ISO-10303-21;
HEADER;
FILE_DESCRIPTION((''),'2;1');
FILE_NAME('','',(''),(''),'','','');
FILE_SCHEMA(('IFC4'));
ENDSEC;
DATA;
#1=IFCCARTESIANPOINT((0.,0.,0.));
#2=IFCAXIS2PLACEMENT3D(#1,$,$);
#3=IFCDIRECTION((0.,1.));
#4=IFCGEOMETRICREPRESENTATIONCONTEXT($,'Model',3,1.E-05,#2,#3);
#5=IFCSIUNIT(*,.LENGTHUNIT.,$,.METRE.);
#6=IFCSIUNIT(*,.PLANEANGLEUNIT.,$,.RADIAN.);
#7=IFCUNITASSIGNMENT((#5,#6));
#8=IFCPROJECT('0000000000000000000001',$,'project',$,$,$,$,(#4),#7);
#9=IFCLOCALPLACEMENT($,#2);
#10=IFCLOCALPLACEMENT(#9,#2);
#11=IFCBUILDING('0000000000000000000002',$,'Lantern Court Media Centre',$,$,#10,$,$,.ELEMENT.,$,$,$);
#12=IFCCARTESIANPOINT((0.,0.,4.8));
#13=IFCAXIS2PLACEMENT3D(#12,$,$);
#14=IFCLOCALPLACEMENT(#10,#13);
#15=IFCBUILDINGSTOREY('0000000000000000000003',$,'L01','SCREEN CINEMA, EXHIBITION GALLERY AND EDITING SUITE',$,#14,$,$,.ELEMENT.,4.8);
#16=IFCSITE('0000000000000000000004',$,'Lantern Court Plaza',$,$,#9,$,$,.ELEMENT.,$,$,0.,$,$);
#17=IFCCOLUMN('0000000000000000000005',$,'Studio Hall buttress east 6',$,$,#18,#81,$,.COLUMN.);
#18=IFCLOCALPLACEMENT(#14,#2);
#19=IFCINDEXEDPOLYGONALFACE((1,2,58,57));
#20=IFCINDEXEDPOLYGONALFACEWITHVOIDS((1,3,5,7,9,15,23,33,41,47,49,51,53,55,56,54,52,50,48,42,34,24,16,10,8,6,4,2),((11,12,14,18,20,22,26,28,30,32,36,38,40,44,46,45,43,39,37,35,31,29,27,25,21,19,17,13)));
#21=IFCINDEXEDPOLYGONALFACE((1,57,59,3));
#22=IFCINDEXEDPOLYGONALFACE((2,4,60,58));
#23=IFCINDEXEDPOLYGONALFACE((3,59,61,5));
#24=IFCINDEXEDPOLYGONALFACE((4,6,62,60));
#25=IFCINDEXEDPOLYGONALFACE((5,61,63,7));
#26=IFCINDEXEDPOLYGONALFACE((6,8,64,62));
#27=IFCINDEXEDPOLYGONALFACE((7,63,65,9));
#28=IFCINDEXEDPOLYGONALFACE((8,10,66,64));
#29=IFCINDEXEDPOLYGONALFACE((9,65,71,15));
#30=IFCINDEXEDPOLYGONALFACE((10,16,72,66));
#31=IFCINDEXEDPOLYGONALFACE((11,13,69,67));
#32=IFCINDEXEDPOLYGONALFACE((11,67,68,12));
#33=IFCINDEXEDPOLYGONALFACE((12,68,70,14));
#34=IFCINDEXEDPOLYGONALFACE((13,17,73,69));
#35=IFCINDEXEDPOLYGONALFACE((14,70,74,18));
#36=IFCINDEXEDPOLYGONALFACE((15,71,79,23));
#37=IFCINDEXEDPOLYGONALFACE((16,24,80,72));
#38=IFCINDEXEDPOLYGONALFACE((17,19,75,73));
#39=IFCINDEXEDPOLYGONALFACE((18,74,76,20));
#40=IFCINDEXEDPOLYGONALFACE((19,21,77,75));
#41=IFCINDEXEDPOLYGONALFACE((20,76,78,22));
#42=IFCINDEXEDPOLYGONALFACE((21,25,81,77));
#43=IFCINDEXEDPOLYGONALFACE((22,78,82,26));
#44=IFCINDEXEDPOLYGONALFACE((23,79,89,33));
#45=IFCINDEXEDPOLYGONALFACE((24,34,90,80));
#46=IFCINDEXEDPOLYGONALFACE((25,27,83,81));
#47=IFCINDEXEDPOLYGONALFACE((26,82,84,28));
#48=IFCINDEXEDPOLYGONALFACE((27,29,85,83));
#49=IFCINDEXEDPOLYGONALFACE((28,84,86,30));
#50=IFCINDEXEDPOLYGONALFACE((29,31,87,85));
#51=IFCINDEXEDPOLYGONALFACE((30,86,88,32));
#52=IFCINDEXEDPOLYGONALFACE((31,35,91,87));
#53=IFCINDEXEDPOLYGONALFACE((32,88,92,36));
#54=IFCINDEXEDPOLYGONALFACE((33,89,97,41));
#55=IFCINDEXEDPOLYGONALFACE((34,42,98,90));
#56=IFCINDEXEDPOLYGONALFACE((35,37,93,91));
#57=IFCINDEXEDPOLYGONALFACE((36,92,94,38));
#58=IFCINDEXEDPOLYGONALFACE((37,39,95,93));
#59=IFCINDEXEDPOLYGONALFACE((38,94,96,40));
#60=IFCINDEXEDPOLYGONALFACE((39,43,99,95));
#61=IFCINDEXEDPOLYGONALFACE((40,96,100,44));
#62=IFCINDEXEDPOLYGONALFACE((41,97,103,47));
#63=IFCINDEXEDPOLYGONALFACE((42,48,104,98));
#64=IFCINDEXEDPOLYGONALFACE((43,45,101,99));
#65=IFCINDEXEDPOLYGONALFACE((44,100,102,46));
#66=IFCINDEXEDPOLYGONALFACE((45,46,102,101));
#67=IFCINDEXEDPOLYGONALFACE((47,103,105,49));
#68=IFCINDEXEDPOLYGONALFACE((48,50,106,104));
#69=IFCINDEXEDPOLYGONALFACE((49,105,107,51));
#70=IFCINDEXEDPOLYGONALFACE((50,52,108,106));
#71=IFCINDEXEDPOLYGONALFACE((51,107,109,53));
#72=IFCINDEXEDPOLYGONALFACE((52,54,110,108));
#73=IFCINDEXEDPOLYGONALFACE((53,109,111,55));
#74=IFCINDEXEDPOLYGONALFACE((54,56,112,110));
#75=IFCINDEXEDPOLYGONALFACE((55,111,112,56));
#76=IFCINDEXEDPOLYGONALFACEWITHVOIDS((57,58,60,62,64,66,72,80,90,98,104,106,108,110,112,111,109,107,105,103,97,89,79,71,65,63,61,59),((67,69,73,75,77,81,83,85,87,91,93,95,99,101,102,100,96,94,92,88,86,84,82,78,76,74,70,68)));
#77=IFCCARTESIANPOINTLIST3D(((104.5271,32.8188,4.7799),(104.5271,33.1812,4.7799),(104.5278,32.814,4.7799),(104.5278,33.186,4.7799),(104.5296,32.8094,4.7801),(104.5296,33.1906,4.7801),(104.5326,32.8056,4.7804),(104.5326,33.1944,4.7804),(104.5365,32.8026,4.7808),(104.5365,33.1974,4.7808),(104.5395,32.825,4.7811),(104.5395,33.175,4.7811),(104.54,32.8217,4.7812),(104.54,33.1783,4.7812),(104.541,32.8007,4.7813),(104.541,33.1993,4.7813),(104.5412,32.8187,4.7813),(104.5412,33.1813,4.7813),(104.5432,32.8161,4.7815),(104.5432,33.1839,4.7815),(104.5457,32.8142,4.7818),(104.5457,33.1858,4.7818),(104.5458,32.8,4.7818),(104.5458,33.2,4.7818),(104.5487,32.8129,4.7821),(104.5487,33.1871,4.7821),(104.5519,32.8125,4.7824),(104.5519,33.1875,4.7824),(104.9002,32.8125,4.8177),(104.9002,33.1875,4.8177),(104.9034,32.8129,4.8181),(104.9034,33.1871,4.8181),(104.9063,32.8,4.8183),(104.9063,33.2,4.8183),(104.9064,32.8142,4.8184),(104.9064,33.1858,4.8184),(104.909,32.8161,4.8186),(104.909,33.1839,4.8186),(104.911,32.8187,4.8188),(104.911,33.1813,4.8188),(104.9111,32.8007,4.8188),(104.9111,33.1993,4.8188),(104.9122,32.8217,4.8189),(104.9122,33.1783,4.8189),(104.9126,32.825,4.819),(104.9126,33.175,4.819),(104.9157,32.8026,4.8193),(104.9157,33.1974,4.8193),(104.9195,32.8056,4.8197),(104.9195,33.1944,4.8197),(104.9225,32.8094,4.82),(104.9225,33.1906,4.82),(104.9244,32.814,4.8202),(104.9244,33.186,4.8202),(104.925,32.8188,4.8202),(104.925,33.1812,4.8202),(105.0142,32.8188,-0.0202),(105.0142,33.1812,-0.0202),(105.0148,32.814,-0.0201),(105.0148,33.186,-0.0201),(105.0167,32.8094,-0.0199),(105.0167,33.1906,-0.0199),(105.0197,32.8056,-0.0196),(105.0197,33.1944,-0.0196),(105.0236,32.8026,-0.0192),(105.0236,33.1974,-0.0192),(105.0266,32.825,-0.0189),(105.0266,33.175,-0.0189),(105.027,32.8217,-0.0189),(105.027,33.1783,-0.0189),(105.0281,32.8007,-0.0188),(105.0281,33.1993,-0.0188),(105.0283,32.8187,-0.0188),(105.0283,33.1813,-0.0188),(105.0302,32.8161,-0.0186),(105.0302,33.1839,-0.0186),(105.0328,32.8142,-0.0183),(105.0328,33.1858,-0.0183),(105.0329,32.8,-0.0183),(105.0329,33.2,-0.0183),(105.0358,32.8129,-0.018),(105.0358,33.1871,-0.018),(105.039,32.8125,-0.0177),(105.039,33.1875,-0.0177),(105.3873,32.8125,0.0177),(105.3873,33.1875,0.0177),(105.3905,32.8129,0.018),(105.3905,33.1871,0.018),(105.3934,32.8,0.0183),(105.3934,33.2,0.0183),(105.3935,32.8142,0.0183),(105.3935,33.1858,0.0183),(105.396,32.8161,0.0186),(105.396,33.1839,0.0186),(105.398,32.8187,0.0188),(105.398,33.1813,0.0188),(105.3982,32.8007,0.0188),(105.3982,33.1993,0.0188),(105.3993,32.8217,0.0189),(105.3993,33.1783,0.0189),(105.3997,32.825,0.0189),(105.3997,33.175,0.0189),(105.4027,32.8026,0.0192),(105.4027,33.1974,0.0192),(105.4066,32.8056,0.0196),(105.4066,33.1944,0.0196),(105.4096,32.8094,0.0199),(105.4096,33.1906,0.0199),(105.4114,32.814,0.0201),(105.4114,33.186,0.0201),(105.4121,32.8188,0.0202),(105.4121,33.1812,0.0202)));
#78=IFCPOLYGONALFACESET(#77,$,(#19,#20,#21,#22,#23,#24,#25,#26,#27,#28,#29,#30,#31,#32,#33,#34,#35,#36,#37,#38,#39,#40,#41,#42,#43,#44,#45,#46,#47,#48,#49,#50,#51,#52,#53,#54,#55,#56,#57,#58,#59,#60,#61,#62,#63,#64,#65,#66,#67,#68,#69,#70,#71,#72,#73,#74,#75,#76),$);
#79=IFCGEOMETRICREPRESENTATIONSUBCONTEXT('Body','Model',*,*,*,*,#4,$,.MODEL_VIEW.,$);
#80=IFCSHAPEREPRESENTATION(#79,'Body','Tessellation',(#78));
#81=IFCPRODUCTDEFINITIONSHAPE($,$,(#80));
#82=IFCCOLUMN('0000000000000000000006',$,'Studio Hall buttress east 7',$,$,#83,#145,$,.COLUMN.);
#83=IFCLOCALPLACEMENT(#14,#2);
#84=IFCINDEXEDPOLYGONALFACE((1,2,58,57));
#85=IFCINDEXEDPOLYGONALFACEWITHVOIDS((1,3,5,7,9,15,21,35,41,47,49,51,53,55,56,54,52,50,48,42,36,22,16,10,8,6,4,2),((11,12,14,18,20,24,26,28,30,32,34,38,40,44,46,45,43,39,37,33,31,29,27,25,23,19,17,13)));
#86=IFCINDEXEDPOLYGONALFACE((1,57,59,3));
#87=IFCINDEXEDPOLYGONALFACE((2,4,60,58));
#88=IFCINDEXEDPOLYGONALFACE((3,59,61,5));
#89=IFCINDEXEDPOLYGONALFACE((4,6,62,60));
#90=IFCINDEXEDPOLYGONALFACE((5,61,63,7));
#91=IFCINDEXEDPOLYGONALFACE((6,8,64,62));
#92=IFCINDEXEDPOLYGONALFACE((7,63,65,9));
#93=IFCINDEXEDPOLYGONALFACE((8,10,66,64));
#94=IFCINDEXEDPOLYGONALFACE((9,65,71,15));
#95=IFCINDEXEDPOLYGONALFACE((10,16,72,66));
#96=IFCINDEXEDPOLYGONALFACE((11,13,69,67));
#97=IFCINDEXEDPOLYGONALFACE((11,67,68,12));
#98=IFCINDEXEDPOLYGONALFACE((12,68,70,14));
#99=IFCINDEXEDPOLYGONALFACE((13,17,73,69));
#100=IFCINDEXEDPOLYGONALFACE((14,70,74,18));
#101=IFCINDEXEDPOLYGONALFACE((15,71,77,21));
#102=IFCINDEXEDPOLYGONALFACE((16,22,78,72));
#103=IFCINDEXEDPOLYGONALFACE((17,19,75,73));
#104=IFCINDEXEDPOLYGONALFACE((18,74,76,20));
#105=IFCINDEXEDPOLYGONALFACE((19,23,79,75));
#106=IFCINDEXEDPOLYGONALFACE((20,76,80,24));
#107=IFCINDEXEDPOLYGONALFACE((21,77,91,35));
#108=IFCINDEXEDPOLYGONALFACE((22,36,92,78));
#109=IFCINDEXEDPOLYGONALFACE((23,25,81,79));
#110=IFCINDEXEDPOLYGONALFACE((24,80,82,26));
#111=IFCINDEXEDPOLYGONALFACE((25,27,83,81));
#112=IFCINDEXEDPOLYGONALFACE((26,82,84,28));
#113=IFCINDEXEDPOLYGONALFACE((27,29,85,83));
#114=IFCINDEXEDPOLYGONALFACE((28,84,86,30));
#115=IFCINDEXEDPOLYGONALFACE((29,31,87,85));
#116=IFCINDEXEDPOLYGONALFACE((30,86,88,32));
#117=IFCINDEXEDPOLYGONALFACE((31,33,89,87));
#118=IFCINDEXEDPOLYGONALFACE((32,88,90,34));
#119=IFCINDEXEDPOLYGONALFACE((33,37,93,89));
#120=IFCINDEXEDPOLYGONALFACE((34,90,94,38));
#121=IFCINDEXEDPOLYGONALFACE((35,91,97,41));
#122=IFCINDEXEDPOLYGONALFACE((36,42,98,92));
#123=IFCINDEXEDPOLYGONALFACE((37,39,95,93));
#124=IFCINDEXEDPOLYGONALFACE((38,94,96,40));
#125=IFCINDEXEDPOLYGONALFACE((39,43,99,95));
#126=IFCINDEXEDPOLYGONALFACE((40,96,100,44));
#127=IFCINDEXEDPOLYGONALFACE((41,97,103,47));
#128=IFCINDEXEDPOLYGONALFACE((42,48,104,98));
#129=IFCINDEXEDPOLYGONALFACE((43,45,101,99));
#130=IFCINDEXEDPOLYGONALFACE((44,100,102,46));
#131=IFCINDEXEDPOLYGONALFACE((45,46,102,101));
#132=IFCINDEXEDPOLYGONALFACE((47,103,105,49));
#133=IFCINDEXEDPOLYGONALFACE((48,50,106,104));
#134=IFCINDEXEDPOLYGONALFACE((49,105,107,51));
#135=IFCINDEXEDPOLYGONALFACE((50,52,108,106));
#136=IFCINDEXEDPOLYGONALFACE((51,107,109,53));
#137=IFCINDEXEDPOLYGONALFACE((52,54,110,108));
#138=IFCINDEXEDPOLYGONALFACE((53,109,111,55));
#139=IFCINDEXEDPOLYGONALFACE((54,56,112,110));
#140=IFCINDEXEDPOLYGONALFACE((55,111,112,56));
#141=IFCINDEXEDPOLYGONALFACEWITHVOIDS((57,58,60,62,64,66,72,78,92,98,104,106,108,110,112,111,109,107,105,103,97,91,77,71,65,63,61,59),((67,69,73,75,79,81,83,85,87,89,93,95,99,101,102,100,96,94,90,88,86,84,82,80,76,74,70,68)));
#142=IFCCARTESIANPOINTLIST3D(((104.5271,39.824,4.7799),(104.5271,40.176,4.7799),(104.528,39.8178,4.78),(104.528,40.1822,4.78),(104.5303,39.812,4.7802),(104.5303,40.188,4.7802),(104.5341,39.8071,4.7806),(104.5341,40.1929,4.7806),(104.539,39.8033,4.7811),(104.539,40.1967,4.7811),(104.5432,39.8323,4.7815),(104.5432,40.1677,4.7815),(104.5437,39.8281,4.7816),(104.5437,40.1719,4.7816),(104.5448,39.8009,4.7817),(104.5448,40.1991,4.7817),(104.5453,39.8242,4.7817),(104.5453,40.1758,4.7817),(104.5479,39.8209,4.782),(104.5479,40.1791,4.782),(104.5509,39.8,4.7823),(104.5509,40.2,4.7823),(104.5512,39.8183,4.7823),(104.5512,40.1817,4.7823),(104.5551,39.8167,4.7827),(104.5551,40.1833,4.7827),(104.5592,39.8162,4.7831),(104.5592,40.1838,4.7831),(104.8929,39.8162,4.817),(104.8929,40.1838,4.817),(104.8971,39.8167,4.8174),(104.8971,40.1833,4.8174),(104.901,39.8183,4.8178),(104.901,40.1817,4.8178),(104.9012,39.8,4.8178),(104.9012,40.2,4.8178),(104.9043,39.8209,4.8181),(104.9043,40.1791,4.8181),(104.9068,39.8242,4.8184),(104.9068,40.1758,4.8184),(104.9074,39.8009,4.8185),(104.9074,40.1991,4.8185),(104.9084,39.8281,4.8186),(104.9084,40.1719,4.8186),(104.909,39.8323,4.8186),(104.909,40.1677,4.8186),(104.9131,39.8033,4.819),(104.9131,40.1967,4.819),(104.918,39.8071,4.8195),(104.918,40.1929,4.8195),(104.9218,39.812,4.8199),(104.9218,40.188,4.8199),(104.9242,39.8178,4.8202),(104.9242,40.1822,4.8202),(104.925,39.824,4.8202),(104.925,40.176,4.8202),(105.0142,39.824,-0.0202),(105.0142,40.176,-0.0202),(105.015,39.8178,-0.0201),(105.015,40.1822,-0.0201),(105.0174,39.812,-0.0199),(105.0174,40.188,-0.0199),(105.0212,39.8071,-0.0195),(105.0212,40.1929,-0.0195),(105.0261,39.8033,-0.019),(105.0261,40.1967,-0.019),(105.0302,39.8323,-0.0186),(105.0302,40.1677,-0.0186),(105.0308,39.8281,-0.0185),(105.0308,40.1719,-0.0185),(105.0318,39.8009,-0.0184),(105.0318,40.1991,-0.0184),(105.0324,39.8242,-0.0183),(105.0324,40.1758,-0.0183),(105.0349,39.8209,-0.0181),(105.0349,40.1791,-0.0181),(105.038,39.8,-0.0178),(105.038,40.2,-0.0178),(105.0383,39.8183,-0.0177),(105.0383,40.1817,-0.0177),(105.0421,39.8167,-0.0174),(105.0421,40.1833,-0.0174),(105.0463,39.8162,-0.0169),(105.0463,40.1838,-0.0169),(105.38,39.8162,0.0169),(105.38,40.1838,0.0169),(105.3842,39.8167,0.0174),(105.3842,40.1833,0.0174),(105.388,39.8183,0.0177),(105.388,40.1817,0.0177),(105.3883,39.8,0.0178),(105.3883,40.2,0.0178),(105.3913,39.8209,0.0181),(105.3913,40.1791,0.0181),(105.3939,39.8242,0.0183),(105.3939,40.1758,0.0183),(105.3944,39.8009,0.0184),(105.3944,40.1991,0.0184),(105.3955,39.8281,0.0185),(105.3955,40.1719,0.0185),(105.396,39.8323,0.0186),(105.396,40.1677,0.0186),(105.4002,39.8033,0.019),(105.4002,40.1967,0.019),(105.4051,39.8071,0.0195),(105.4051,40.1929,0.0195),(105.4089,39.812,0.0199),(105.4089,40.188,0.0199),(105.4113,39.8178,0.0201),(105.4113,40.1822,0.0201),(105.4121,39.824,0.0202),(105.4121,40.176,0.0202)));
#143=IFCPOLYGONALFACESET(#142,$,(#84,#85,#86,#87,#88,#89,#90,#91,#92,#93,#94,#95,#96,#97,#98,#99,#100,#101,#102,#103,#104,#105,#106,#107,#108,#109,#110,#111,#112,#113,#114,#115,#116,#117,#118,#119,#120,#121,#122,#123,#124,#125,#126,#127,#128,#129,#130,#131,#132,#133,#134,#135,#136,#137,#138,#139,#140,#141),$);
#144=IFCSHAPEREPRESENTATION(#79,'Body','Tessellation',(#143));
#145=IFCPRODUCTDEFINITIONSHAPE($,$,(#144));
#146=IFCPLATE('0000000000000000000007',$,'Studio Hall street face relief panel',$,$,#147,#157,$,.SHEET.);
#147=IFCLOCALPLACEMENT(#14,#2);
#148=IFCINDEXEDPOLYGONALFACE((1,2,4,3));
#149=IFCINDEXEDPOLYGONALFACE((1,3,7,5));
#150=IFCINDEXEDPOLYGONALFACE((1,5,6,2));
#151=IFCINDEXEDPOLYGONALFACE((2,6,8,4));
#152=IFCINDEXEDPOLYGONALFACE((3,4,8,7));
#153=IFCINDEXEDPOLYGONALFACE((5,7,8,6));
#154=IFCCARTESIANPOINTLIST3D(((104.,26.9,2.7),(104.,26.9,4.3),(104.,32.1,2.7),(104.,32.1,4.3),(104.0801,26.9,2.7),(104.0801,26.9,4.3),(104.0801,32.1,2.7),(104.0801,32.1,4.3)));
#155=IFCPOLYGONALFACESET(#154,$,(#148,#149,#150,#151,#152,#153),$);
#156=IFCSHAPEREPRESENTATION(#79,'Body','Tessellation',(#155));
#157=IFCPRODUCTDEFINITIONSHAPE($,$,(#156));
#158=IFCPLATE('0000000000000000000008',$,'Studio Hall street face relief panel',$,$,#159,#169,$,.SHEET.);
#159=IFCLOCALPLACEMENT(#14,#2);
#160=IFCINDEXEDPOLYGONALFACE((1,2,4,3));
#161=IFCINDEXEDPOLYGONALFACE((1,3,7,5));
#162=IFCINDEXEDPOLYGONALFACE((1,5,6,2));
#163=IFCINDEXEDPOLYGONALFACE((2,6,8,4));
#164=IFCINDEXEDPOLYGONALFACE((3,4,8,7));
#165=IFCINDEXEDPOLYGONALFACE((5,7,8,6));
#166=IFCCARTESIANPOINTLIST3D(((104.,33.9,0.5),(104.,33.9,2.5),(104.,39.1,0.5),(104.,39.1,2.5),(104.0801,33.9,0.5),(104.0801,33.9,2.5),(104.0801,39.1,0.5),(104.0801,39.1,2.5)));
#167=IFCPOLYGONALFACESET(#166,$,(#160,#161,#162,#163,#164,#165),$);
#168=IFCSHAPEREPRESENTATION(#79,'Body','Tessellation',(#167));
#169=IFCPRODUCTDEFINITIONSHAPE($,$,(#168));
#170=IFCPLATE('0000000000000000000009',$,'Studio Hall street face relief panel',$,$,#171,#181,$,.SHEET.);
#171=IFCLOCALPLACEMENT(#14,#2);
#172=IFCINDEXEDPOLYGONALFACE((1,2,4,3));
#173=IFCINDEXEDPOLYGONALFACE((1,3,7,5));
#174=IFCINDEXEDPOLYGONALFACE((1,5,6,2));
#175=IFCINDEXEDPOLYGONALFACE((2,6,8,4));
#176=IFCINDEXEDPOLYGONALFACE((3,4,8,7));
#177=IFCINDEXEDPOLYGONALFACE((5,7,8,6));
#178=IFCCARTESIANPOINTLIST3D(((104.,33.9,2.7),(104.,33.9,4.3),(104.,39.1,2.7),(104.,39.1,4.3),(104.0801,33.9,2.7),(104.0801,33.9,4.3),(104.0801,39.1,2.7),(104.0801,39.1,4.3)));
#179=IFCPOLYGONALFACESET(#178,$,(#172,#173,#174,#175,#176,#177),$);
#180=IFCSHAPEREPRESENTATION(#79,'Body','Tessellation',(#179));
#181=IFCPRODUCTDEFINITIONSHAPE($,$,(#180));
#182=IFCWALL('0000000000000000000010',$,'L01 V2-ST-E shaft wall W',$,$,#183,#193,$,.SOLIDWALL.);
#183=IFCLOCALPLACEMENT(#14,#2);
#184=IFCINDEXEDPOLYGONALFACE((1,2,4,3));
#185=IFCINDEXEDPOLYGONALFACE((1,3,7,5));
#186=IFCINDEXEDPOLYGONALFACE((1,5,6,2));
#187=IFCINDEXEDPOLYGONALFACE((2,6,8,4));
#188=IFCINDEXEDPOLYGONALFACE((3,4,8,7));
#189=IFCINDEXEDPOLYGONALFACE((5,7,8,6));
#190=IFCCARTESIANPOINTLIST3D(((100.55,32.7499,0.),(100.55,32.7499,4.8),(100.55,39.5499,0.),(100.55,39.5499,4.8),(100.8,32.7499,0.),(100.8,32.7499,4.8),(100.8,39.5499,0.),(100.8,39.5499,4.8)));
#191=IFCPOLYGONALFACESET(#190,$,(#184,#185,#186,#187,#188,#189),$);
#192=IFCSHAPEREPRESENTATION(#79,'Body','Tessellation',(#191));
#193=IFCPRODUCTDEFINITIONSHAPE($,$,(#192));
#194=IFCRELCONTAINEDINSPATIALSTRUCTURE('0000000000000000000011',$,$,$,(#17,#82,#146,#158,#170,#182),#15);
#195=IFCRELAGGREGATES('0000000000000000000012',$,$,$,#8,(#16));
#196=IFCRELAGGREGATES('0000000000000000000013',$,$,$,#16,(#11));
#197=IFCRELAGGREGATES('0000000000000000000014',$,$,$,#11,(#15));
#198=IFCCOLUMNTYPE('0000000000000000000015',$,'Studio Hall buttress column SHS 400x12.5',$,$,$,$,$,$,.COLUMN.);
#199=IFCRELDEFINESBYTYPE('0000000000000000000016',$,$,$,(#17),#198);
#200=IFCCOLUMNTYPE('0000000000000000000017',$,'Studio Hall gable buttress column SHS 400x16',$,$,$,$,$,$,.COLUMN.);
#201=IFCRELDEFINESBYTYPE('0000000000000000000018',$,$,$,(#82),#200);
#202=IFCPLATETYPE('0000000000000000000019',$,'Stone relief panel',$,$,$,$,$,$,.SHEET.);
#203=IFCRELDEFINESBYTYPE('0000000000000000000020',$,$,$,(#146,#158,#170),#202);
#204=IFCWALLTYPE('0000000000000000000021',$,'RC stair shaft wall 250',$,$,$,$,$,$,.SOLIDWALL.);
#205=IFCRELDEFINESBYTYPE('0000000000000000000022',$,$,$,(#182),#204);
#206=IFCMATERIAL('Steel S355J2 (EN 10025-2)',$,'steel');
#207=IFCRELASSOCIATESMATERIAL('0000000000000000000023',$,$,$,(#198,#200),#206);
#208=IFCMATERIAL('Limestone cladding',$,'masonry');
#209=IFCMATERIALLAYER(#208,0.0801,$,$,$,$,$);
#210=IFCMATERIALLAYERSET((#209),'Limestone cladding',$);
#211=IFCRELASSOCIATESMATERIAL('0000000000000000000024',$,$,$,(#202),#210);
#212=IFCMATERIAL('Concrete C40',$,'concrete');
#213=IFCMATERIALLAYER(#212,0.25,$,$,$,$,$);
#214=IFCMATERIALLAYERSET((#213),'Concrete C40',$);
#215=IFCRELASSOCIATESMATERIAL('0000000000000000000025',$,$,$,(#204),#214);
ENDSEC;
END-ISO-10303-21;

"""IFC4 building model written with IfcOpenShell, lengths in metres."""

from ifc_helpers import new_model, si_unit, direction, frame, frame_2d, origin, origin_2d, place, context, subcontext, project, spatial, rectangle, hollow_rectangle, extrude, material, layer, layer_set, material_profile, profile_set, type_object, element, save


model = new_model("IFC4")

# Units and contexts
model_context = context("Model", 3, precision=1e-05, world=origin(), true_north=direction((0.0, 1.0)))
body_context = subcontext(model_context, "Body", "Model", "MODEL_VIEW")
ifc_project = project(units=[si_unit("LENGTHUNIT", "METRE"), si_unit("PLANEANGLEUNIT", "RADIAN")], contexts=[model_context])

# Site, building, storey
site_placement = place(None, origin())
site = spatial("IfcSite", under=ifc_project, at=site_placement, Name="Lantern Court Plaza", CompositionType="ELEMENT", RefElevation=0.0)
building_placement = place(site_placement, origin())
building = spatial("IfcBuilding", under=site, at=building_placement, Name="Lantern Court Media Centre", CompositionType="ELEMENT")
storey_placement = place(building_placement, frame((0.0, 0.0, 4.8)))
storey = spatial("IfcBuildingStorey", under=building, at=storey_placement, Name="L01", Description="SCREEN CINEMA, EXHIBITION GALLERY AND EDITING SUITE", CompositionType="ELEMENT", Elevation=4.8)

# Columns
ifc_material_1 = material(Name="Steel S355J2 (EN 10025-2)", Category="steel")
ifc_material_profile_1 = material_profile(ifc_material_1, hollow_rectangle(XDim=0.3999, YDim=0.3999, WallThickness=0.0125, InnerFilletRadius=0.0125, OuterFilletRadius=0.0188, at=origin_2d()), Name="Studio Hall buttress column SHS 400x12.5")
ifc_profile_set_1 = profile_set([ifc_material_profile_1], Name="Steel S355J2 (EN 10025-2)")
column_type_1 = type_object("IfcColumnType", Name="Studio Hall buttress column SHS 400x12.5", PredefinedType="COLUMN", material=ifc_profile_set_1)
column_1_placement = place(storey_placement, frame((105.2131, 33.0, 0.0), z_axis=(-0.100952, 0.0, 0.994891), x_axis=(0.0, -1.0, 0.0)))
element("IfcColumn", 1, at=column_1_placement, inside=storey, type_object=column_type_1, Name="Studio Hall buttress east 6", PredefinedType="COLUMN", context=body_context, shape_type="SweptSolid", body=[
    extrude(hollow_rectangle(XDim=0.3999, YDim=0.3999, WallThickness=0.0125, InnerFilletRadius=0.0125, OuterFilletRadius=0.0188, at=origin_2d()), origin(), (0.0, 0.0, 1.0), 4.8247),
])
ifc_material_profile_2 = material_profile(ifc_material_1, hollow_rectangle(XDim=0.3999, YDim=0.3999, WallThickness=0.0161, InnerFilletRadius=0.0161, OuterFilletRadius=0.0239, at=origin_2d()), Name="Studio Hall gable buttress column SHS 400x16")
ifc_profile_set_2 = profile_set([ifc_material_profile_2], Name="Steel S355J2 (EN 10025-2)")
column_type_2 = type_object("IfcColumnType", Name="Studio Hall gable buttress column SHS 400x16", PredefinedType="COLUMN", material=ifc_profile_set_2)
column_2_placement = place(storey_placement, frame((105.2131, 40.0, 0.0), z_axis=(-0.100952, 0.0, 0.994891), x_axis=(0.0, -1.0, 0.0)))
element("IfcColumn", 2, at=column_2_placement, inside=storey, type_object=column_type_2, Name="Studio Hall buttress east 7", PredefinedType="COLUMN", context=body_context, shape_type="SweptSolid", body=[
    extrude(hollow_rectangle(XDim=0.3999, YDim=0.3999, WallThickness=0.0161, InnerFilletRadius=0.0161, OuterFilletRadius=0.0239, at=origin_2d()), origin(), (0.0, 0.0, 1.0), 4.8247),
])

# Plates
ifc_material_2 = material(Name="Limestone cladding", Category="masonry")
ifc_layer_1 = layer(ifc_material_2, 0.0801)
ifc_layer_set_1 = layer_set([ifc_layer_1], Name="Limestone cladding")
plate_type = type_object("IfcPlateType", Name="Stone relief panel", PredefinedType="SHEET", material=ifc_layer_set_1)
plate_1_placement = place(storey_placement, frame((104.04, 29.5, 2.7), z_axis=(0.0, 0.0, 1.0), x_axis=(1.0, 0.0, 0.0)))
element("IfcPlate", 3, at=plate_1_placement, inside=storey, type_object=plate_type, Name="Studio Hall street face relief panel", PredefinedType="SHEET", context=body_context, shape_type="SweptSolid", body=[
    extrude(rectangle(XDim=0.0801, YDim=5.2, at=origin_2d()), origin(), (0.0, 0.0, 1.0), 1.6001),
])
plate_2_placement = place(storey_placement, frame((104.04, 36.5, 0.5), z_axis=(0.0, 0.0, 1.0), x_axis=(1.0, 0.0, 0.0)))
element("IfcPlate", 4, at=plate_2_placement, inside=storey, type_object=plate_type, Name="Studio Hall street face relief panel", PredefinedType="SHEET", context=body_context, shape_type="SweptSolid", body=[
    extrude(rectangle(XDim=0.0801, YDim=5.2, at=origin_2d()), origin(), (0.0, 0.0, 1.0), 2.0),
])
plate_3_placement = place(storey_placement, frame((104.04, 36.5, 2.7), z_axis=(0.0, 0.0, 1.0), x_axis=(1.0, 0.0, 0.0)))
element("IfcPlate", 5, at=plate_3_placement, inside=storey, type_object=plate_type, Name="Studio Hall street face relief panel", PredefinedType="SHEET", context=body_context, shape_type="SweptSolid", body=[
    extrude(rectangle(XDim=0.0801, YDim=5.2, at=origin_2d()), origin(), (0.0, 0.0, 1.0), 1.6001),
])

# Wall
ifc_material_3 = material(Name="Concrete C40", Category="concrete")
ifc_layer_2 = layer(ifc_material_3, 0.25)
ifc_layer_set_2 = layer_set([ifc_layer_2], Name="Concrete C40")
wall_type = type_object("IfcWallType", Name="RC stair shaft wall 250", PredefinedType="SOLIDWALL", material=ifc_layer_set_2)
wall_1_placement = place(storey_placement, frame((100.675, 32.75, 0.0), z_axis=(0.0, 0.0, 1.0), x_axis=(0.0, 1.0, 0.0)))
element("IfcWall", 6, at=wall_1_placement, inside=storey, type_object=wall_type, Name="L01 V2-ST-E shaft wall W", PredefinedType="SOLIDWALL", context=body_context, shape_type="SweptSolid", body=[
    extrude(rectangle(XDim=6.8, YDim=0.25, at=frame_2d((3.3999, 0.0))), origin(), (0.0, 0.0, 1.0), 4.8),
])

save(model, "model.ifc")
